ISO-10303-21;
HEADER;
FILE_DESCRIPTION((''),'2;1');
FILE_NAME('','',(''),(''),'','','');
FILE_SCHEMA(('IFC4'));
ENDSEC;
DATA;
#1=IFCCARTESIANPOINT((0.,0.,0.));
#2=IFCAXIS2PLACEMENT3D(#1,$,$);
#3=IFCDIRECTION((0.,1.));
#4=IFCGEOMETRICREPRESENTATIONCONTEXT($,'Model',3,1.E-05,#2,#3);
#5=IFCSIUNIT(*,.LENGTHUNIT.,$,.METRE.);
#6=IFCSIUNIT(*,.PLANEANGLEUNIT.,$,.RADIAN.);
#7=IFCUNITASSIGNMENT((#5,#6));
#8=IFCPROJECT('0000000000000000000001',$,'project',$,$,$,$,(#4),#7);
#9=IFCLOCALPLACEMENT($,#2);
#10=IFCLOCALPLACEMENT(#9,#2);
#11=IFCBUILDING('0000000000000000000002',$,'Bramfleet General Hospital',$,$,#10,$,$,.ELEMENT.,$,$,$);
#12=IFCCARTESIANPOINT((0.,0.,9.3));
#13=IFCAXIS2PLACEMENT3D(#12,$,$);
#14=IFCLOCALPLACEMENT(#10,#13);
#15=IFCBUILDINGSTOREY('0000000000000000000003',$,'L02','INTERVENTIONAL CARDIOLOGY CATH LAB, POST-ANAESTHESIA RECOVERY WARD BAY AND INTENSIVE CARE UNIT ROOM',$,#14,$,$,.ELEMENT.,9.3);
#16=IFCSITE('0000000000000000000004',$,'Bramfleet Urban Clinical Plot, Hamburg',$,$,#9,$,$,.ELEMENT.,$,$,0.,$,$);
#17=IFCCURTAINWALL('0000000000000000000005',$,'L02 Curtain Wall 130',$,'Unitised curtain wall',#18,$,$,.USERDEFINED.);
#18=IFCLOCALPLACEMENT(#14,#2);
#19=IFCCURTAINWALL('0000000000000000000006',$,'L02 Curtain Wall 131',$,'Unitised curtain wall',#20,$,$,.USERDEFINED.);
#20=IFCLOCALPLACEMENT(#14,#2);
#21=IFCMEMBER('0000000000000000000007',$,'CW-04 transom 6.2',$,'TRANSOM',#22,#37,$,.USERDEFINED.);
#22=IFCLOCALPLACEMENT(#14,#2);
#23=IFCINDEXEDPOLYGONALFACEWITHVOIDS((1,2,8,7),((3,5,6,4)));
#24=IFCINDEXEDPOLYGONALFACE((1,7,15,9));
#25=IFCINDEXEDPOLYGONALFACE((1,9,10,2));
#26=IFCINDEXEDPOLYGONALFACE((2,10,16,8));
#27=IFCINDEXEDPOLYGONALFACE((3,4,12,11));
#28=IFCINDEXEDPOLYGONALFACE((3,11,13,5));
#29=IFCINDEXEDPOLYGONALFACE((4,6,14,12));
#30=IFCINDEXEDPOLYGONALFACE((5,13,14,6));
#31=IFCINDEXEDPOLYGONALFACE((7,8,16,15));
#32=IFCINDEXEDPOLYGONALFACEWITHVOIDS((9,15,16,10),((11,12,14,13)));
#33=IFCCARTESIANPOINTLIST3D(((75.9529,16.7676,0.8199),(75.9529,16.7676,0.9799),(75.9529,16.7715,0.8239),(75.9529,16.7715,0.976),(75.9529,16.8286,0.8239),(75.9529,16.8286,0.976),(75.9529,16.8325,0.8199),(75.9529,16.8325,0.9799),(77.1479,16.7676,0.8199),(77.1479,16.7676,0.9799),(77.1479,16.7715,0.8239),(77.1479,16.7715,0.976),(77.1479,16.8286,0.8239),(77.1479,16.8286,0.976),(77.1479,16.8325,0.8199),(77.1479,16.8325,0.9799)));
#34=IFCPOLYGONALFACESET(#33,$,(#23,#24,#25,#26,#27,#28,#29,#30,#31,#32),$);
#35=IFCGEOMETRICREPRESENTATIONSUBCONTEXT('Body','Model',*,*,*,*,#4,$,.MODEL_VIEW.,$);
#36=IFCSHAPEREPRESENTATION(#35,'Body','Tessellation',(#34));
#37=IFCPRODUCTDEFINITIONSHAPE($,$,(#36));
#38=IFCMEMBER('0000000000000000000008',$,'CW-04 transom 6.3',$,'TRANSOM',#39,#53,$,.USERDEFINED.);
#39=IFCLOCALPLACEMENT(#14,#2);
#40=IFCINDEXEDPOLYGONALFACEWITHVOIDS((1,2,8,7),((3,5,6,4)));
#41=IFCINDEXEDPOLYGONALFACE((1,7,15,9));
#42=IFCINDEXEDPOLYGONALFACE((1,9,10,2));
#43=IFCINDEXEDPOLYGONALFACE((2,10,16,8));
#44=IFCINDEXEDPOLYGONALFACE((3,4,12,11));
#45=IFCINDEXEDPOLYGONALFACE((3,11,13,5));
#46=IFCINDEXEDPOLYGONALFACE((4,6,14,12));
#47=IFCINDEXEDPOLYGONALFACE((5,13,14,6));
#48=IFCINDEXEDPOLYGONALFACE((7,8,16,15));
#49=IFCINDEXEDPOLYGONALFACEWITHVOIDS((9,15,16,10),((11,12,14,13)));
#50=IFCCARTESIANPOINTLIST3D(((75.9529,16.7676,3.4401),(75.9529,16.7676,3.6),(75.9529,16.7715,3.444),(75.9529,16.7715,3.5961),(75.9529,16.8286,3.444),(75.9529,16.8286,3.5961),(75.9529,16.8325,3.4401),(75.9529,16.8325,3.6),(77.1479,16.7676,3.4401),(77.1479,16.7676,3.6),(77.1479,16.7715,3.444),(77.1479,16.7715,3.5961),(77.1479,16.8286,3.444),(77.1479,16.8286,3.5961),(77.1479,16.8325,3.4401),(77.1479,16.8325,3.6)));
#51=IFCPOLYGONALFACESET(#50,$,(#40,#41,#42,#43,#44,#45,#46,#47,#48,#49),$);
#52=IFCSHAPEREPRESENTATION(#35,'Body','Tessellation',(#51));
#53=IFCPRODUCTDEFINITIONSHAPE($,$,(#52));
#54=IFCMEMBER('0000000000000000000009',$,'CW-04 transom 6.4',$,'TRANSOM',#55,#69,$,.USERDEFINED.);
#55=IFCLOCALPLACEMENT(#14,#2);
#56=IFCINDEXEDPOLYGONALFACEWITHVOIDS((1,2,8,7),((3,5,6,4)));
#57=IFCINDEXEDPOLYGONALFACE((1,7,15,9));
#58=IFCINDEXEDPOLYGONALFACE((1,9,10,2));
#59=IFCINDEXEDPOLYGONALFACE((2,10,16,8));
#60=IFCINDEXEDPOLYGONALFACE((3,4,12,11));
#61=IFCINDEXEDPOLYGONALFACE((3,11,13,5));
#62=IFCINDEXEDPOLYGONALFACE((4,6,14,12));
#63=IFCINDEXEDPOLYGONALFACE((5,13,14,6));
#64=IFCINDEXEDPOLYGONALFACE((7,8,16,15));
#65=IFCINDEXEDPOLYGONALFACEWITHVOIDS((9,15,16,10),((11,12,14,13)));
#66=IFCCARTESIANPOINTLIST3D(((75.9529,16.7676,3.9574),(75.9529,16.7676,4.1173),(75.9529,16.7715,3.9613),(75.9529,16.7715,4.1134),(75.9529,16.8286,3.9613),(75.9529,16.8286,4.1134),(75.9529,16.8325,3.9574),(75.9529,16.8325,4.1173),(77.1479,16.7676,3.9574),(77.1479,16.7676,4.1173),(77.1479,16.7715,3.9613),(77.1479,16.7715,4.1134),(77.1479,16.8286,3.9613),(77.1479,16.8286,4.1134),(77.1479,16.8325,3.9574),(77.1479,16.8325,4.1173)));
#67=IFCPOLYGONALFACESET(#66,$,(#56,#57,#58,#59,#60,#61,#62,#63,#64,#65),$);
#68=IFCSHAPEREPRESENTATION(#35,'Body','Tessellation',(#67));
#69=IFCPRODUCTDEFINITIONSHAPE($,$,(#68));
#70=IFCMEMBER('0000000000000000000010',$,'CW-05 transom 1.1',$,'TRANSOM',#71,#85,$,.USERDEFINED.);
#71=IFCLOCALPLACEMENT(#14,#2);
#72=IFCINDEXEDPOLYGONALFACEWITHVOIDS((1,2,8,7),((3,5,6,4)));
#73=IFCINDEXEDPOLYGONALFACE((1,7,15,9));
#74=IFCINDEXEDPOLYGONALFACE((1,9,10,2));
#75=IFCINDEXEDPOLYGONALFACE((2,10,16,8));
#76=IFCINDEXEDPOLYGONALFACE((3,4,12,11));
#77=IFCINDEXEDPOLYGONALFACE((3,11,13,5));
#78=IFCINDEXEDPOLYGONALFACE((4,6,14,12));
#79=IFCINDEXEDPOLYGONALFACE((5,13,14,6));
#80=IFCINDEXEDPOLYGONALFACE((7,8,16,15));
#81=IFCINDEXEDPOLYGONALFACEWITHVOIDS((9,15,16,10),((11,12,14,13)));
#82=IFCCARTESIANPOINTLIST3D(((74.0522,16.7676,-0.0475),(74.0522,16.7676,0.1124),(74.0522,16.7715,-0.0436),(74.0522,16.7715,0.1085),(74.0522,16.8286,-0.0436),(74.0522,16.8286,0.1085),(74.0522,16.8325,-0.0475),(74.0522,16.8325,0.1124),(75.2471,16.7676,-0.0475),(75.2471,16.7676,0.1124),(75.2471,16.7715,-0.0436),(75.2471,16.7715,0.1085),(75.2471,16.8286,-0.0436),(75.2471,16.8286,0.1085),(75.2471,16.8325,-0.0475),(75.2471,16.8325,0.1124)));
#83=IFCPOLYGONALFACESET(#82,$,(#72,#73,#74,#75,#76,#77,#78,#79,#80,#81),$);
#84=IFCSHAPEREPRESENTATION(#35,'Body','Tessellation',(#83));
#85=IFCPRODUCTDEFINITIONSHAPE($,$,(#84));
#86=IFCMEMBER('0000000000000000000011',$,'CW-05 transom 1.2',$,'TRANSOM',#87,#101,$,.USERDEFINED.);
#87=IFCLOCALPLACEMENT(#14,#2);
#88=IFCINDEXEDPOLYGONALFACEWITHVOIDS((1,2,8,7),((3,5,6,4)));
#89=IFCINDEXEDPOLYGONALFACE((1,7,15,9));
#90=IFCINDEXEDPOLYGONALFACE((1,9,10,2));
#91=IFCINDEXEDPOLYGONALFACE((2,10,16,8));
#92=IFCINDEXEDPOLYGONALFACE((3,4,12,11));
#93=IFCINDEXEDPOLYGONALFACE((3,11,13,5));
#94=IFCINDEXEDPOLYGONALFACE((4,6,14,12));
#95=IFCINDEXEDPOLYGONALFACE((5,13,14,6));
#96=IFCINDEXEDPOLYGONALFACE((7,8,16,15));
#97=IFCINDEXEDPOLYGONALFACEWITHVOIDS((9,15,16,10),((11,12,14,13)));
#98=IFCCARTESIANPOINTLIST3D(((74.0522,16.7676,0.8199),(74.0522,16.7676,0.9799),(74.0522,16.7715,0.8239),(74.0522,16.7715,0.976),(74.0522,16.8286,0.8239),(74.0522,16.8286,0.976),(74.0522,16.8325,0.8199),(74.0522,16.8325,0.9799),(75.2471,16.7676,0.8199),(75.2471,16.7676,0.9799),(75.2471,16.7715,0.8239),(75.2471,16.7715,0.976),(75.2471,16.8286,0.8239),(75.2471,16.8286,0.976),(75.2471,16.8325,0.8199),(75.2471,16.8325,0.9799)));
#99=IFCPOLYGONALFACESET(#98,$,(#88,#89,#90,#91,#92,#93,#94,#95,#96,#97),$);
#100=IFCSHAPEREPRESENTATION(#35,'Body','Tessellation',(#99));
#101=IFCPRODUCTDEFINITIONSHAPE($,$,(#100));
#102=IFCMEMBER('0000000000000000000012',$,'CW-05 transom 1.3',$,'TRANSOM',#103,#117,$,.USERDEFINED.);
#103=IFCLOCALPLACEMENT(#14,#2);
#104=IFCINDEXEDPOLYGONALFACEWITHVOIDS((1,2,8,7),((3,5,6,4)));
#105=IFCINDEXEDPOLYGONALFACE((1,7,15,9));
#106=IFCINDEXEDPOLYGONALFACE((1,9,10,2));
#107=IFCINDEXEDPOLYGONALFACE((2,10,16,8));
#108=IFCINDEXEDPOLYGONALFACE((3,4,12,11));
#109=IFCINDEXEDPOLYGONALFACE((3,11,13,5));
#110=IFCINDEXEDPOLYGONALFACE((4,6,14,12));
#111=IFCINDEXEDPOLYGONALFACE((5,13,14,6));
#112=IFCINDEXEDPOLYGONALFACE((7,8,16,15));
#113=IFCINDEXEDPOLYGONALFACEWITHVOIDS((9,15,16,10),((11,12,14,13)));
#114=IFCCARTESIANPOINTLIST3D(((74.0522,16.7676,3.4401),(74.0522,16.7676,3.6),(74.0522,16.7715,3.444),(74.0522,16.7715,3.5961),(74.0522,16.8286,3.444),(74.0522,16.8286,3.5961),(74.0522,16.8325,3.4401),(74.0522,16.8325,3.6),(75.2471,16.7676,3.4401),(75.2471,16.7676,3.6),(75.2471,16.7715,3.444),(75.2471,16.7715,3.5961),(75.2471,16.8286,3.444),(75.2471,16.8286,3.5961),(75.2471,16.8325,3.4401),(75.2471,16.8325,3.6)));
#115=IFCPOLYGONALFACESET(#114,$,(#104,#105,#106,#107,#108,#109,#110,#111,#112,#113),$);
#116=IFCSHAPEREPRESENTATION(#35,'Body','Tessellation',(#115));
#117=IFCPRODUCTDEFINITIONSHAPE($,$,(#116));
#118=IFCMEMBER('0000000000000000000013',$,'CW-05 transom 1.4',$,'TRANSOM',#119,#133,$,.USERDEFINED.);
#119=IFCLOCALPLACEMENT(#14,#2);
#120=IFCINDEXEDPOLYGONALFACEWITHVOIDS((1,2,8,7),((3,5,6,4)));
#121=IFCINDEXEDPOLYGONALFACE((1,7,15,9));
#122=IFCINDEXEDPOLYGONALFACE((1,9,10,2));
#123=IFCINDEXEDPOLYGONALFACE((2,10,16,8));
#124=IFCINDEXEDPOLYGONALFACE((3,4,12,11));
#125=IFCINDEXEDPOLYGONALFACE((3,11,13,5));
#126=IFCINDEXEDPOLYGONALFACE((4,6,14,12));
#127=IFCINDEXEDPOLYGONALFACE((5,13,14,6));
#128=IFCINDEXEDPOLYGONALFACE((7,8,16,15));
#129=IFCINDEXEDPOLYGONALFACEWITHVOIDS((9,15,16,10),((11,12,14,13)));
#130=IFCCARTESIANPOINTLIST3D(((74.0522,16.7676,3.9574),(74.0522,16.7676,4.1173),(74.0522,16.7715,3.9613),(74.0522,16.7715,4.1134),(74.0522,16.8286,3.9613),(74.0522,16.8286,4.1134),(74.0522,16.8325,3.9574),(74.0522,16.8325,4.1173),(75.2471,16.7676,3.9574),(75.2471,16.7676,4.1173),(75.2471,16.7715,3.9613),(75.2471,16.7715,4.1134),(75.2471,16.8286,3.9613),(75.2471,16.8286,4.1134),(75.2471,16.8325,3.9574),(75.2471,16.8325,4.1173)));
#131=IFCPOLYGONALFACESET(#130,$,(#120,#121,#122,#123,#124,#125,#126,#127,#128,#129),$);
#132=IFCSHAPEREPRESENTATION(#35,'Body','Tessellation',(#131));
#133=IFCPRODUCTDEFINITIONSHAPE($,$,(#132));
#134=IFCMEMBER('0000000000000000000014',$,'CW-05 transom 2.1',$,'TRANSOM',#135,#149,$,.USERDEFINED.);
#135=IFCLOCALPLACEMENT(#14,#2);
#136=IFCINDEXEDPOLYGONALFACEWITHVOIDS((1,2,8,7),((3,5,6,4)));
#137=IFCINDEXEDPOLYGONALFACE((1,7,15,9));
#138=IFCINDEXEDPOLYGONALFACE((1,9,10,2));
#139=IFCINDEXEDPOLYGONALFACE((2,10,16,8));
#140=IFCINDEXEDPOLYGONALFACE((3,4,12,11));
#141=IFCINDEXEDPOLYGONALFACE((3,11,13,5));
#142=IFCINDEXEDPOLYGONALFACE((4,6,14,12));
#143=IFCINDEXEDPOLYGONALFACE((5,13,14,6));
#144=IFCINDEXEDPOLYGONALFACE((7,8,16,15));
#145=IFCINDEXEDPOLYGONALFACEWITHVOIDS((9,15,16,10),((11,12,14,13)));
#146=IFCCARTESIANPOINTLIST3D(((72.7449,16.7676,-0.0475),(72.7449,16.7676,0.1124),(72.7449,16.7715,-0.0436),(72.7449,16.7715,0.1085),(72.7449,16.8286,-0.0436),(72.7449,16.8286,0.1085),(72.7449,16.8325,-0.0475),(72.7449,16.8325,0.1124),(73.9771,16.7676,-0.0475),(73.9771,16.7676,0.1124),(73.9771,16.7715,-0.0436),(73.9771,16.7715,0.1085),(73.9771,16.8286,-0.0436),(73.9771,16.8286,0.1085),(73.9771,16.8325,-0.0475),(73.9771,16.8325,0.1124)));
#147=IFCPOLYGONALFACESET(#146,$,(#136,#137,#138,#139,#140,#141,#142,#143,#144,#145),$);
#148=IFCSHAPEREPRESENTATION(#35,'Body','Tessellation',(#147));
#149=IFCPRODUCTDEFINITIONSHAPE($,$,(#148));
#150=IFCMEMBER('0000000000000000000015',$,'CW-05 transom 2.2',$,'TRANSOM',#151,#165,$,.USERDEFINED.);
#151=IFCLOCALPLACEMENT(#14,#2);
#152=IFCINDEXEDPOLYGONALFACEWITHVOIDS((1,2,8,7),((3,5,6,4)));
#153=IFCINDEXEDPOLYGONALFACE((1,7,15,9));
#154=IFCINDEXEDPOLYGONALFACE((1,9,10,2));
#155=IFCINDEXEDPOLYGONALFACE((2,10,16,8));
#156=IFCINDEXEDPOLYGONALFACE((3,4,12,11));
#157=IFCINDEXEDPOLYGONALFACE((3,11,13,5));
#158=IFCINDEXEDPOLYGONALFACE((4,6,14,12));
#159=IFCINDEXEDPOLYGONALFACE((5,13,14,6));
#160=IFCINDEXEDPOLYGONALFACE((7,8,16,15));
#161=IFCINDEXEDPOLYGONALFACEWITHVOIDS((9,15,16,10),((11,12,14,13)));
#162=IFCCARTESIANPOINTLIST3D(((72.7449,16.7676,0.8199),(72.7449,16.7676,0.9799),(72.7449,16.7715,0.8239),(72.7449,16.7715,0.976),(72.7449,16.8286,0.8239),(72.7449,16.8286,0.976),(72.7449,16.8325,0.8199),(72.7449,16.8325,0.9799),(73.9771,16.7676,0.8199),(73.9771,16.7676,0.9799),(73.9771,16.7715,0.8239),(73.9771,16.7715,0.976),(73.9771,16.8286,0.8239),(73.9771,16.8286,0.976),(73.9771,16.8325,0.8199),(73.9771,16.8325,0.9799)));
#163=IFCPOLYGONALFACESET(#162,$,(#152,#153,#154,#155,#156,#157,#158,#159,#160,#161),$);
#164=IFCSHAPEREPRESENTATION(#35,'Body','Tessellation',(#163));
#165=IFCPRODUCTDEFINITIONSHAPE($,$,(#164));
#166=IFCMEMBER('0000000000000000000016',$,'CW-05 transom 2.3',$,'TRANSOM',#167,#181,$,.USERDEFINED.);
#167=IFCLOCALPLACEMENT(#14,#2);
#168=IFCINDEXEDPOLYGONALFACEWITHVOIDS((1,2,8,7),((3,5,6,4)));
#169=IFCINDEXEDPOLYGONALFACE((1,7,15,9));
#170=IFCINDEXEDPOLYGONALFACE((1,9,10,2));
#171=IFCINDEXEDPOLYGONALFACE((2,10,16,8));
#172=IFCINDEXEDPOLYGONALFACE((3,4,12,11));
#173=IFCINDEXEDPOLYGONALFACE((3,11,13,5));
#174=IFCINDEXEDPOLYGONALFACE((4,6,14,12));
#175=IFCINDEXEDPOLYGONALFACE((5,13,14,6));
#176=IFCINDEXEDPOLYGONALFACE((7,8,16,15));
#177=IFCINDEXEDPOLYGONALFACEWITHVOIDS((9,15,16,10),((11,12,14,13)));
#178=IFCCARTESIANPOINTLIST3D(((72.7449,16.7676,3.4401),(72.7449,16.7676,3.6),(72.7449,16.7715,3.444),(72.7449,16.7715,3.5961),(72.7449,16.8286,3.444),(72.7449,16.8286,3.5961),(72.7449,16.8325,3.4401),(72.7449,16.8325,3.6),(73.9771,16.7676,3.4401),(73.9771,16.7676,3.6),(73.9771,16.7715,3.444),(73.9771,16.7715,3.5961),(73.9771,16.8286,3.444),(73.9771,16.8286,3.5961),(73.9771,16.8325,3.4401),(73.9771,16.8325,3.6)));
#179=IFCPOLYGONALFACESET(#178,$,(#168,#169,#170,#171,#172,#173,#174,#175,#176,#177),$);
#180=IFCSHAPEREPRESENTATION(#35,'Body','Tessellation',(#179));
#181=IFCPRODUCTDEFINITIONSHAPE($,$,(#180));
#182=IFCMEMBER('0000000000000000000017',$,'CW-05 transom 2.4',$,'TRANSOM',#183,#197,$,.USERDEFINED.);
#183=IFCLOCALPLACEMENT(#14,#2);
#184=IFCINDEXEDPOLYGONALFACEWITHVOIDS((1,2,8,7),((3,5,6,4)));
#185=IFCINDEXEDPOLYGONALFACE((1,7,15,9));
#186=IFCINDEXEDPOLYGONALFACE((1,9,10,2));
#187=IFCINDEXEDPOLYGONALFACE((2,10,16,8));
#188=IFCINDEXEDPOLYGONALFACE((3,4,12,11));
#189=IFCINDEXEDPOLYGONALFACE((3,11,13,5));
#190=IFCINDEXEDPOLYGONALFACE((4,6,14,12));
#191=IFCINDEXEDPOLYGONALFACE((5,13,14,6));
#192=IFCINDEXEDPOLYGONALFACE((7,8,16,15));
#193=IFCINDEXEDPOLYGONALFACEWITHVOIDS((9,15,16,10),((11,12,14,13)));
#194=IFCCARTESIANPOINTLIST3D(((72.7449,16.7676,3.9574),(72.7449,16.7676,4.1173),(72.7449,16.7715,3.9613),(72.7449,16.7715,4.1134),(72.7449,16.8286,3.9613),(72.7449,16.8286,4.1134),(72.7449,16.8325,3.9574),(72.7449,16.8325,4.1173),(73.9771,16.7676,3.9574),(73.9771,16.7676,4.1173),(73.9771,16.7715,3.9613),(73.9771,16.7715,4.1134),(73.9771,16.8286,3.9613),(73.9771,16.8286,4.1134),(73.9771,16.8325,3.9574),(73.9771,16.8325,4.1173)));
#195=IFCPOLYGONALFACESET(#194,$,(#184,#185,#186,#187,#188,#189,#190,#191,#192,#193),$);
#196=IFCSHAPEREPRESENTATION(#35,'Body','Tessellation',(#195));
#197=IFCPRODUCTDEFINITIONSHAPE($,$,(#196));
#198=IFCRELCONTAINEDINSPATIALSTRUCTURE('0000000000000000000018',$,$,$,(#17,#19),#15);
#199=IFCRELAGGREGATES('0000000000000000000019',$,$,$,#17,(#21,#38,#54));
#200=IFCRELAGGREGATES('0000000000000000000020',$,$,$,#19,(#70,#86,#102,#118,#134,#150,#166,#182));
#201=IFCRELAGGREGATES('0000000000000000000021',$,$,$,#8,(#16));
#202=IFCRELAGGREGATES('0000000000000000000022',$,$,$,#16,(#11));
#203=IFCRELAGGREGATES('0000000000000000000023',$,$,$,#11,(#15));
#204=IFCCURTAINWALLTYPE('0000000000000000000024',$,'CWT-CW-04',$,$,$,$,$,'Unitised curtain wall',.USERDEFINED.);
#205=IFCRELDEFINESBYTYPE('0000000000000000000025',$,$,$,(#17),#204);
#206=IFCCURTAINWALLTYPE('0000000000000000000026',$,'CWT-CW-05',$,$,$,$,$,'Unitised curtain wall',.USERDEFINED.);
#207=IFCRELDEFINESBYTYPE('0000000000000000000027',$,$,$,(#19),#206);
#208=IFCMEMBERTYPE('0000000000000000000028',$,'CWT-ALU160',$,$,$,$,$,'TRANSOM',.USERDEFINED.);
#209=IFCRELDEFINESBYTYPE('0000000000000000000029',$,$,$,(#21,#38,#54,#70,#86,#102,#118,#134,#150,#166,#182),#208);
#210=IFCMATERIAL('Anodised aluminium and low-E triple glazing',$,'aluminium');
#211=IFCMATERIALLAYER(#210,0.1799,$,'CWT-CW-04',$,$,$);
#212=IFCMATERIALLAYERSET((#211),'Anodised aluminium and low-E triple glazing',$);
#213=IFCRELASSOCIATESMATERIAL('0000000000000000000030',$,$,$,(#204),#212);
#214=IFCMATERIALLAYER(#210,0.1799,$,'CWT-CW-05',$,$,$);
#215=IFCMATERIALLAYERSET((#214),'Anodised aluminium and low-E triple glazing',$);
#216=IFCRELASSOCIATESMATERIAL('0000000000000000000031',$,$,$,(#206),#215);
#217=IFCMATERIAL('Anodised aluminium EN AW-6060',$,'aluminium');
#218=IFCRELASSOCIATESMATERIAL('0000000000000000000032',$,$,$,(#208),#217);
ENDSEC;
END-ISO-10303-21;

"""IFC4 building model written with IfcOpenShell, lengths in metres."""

from ifc_helpers import new_model, si_unit, direction, frame, origin, origin_2d, place, context, subcontext, project, spatial, hollow_rectangle, extrude, material, layer, layer_set, material_profile, profile_set, type_object, element, aggregate, save


model = new_model("IFC4")

# Units and contexts
model_context = context("Model", 3, precision=1e-05, world=origin(), true_north=direction((0.0, 1.0)))
body_context = subcontext(model_context, "Body", "Model", "MODEL_VIEW")
ifc_project = project(units=[si_unit("LENGTHUNIT", "METRE"), si_unit("PLANEANGLEUNIT", "RADIAN")], contexts=[model_context])

# Site, building, storey
site_placement = place(None, origin())
site = spatial("IfcSite", under=ifc_project, at=site_placement, Name="Bramfleet Urban Clinical Plot, Hamburg", CompositionType="ELEMENT", RefElevation=0.0)
building_placement = place(site_placement, origin())
building = spatial("IfcBuilding", under=site, at=building_placement, Name="Bramfleet General Hospital", CompositionType="ELEMENT")
storey_placement = place(building_placement, frame((0.0, 0.0, 9.3)))
storey = spatial("IfcBuildingStorey", under=building, at=storey_placement, Name="L02", Description="INTERVENTIONAL CARDIOLOGY CATH LAB, POST-ANAESTHESIA RECOVERY WARD BAY AND INTENSIVE CARE UNIT ROOM", CompositionType="ELEMENT", Elevation=9.3)

# Curtain wall
ifc_material_1 = material(Name="Anodised aluminium and low-E triple glazing", Category="aluminium")
ifc_layer_1 = layer(ifc_material_1, 0.1799, Name="CWT-CW-04")
ifc_layer_set_1 = layer_set([ifc_layer_1], Name="Anodised aluminium and low-E triple glazing")
curtain_wall_type_1 = type_object("IfcCurtainWallType", Name="CWT-CW-04", ElementType="Unitised curtain wall", PredefinedType="USERDEFINED", material=ifc_layer_set_1)
curtain_wall_1_placement = place(storey_placement, origin())
curtain_wall_1 = element("IfcCurtainWall", 1, at=curtain_wall_1_placement, inside=storey, type_object=curtain_wall_type_1, Name="L02 Curtain Wall 130", ObjectType="Unitised curtain wall", PredefinedType="USERDEFINED")
ifc_material_2 = material(Name="Anodised aluminium EN AW-6060", Category="aluminium")

# Curtain wall
ifc_layer_2 = layer(ifc_material_1, 0.1799, Name="CWT-CW-05")
ifc_layer_set_2 = layer_set([ifc_layer_2], Name="Anodised aluminium and low-E triple glazing")
curtain_wall_type_2 = type_object("IfcCurtainWallType", Name="CWT-CW-05", ElementType="Unitised curtain wall", PredefinedType="USERDEFINED", material=ifc_layer_set_2)
curtain_wall_2_placement = place(storey_placement, origin())
curtain_wall_2 = element("IfcCurtainWall", 2, at=curtain_wall_2_placement, inside=storey, type_object=curtain_wall_type_2, Name="L02 Curtain Wall 131", ObjectType="Unitised curtain wall", PredefinedType="USERDEFINED")

# Members
ifc_material_profile_1 = material_profile(ifc_material_2, hollow_rectangle(XDim=0.0649, YDim=0.1599, WallThickness=0.0039, at=origin_2d()), Name="ALU 160x65x4.0")
ifc_profile_set_1 = profile_set([ifc_material_profile_1], Name="Anodised aluminium EN AW-6060")
member_type_1 = type_object("IfcMemberType", Name="CWT-ALU160", ElementType="TRANSOM", PredefinedType="USERDEFINED", material=ifc_profile_set_1)
member_1_placement = place(storey_placement, frame((77.1479, 16.8, 0.8999), z_axis=(-1.0, 0.0, 0.0), x_axis=(0.0, -1.0, 0.0)))
member_1 = element("IfcMember", 3, at=member_1_placement, type_object=member_type_1, Name="CW-04 transom 6.2", ObjectType="TRANSOM", PredefinedType="USERDEFINED", context=body_context, shape_type="SweptSolid", body=[
    extrude(hollow_rectangle(XDim=0.0649, YDim=0.1599, WallThickness=0.0039, at=origin_2d()), origin(), (0.0, 0.0, 1.0), 1.1951),
])
member_2_placement = place(storey_placement, frame((77.1479, 16.8, 3.52), z_axis=(-1.0, 0.0, 0.0), x_axis=(0.0, -1.0, 0.0)))
member_2 = element("IfcMember", 4, at=member_2_placement, type_object=member_type_1, Name="CW-04 transom 6.3", ObjectType="TRANSOM", PredefinedType="USERDEFINED", context=body_context, shape_type="SweptSolid", body=[
    extrude(hollow_rectangle(XDim=0.0649, YDim=0.1599, WallThickness=0.0039, at=origin_2d()), origin(), (0.0, 0.0, 1.0), 1.1951),
])
member_3_placement = place(storey_placement, frame((77.1479, 16.8, 4.0374), z_axis=(-1.0, 0.0, 0.0), x_axis=(0.0, -1.0, 0.0)))
member_3 = element("IfcMember", 5, at=member_3_placement, type_object=member_type_1, Name="CW-04 transom 6.4", ObjectType="TRANSOM", PredefinedType="USERDEFINED", context=body_context, shape_type="SweptSolid", body=[
    extrude(hollow_rectangle(XDim=0.0649, YDim=0.1599, WallThickness=0.0039, at=origin_2d()), origin(), (0.0, 0.0, 1.0), 1.1951),
])
member_4_placement = place(storey_placement, frame((75.2471, 16.8, 0.0325), z_axis=(-1.0, 0.0, 0.0), x_axis=(0.0, -1.0, 0.0)))
member_4 = element("IfcMember", 6, at=member_4_placement, type_object=member_type_1, Name="CW-05 transom 1.1", ObjectType="TRANSOM", PredefinedType="USERDEFINED", context=body_context, shape_type="SweptSolid", body=[
    extrude(hollow_rectangle(XDim=0.0649, YDim=0.1599, WallThickness=0.0039, at=origin_2d()), origin(), (0.0, 0.0, 1.0), 1.1948),
])
member_5_placement = place(storey_placement, frame((75.2471, 16.8, 0.8999), z_axis=(-1.0, 0.0, 0.0), x_axis=(0.0, -1.0, 0.0)))
member_5 = element("IfcMember", 7, at=member_5_placement, type_object=member_type_1, Name="CW-05 transom 1.2", ObjectType="TRANSOM", PredefinedType="USERDEFINED", context=body_context, shape_type="SweptSolid", body=[
    extrude(hollow_rectangle(XDim=0.0649, YDim=0.1599, WallThickness=0.0039, at=origin_2d()), origin(), (0.0, 0.0, 1.0), 1.1948),
])
member_6_placement = place(storey_placement, frame((75.2471, 16.8, 3.52), z_axis=(-1.0, 0.0, 0.0), x_axis=(0.0, -1.0, 0.0)))
member_6 = element("IfcMember", 8, at=member_6_placement, type_object=member_type_1, Name="CW-05 transom 1.3", ObjectType="TRANSOM", PredefinedType="USERDEFINED", context=body_context, shape_type="SweptSolid", body=[
    extrude(hollow_rectangle(XDim=0.0649, YDim=0.1599, WallThickness=0.0039, at=origin_2d()), origin(), (0.0, 0.0, 1.0), 1.1948),
])
member_7_placement = place(storey_placement, frame((75.2471, 16.8, 4.0374), z_axis=(-1.0, 0.0, 0.0), x_axis=(0.0, -1.0, 0.0)))
member_7 = element("IfcMember", 9, at=member_7_placement, type_object=member_type_1, Name="CW-05 transom 1.4", ObjectType="TRANSOM", PredefinedType="USERDEFINED", context=body_context, shape_type="SweptSolid", body=[
    extrude(hollow_rectangle(XDim=0.0649, YDim=0.1599, WallThickness=0.0039, at=origin_2d()), origin(), (0.0, 0.0, 1.0), 1.1948),
])
member_8_placement = place(storey_placement, frame((73.9771, 16.8, 0.0325), z_axis=(-1.0, 0.0, 0.0), x_axis=(0.0, -1.0, 0.0)))
member_8 = element("IfcMember", 10, at=member_8_placement, type_object=member_type_1, Name="CW-05 transom 2.1", ObjectType="TRANSOM", PredefinedType="USERDEFINED", context=body_context, shape_type="SweptSolid", body=[
    extrude(hollow_rectangle(XDim=0.0649, YDim=0.1599, WallThickness=0.0039, at=origin_2d()), origin(), (0.0, 0.0, 1.0), 1.2322),
])
member_9_placement = place(storey_placement, frame((73.9771, 16.8, 0.8999), z_axis=(-1.0, 0.0, 0.0), x_axis=(0.0, -1.0, 0.0)))
member_9 = element("IfcMember", 11, at=member_9_placement, type_object=member_type_1, Name="CW-05 transom 2.2", ObjectType="TRANSOM", PredefinedType="USERDEFINED", context=body_context, shape_type="SweptSolid", body=[
    extrude(hollow_rectangle(XDim=0.0649, YDim=0.1599, WallThickness=0.0039, at=origin_2d()), origin(), (0.0, 0.0, 1.0), 1.2322),
])
member_10_placement = place(storey_placement, frame((73.9771, 16.8, 3.52), z_axis=(-1.0, 0.0, 0.0), x_axis=(0.0, -1.0, 0.0)))
member_10 = element("IfcMember", 12, at=member_10_placement, type_object=member_type_1, Name="CW-05 transom 2.3", ObjectType="TRANSOM", PredefinedType="USERDEFINED", context=body_context, shape_type="SweptSolid", body=[
    extrude(hollow_rectangle(XDim=0.0649, YDim=0.1599, WallThickness=0.0039, at=origin_2d()), origin(), (0.0, 0.0, 1.0), 1.2322),
])
member_11_placement = place(storey_placement, frame((73.9771, 16.8, 4.0374), z_axis=(-1.0, 0.0, 0.0), x_axis=(0.0, -1.0, 0.0)))
member_11 = element("IfcMember", 13, at=member_11_placement, type_object=member_type_1, Name="CW-05 transom 2.4", ObjectType="TRANSOM", PredefinedType="USERDEFINED", context=body_context, shape_type="SweptSolid", body=[
    extrude(hollow_rectangle(XDim=0.0649, YDim=0.1599, WallThickness=0.0039, at=origin_2d()), origin(), (0.0, 0.0, 1.0), 1.2322),
])

aggregate(curtain_wall_1, [member_1, member_2, member_3])
aggregate(curtain_wall_2, [member_4, member_5, member_6, member_7, member_8, member_9, member_10, member_11])

save(model, "model.ifc")
